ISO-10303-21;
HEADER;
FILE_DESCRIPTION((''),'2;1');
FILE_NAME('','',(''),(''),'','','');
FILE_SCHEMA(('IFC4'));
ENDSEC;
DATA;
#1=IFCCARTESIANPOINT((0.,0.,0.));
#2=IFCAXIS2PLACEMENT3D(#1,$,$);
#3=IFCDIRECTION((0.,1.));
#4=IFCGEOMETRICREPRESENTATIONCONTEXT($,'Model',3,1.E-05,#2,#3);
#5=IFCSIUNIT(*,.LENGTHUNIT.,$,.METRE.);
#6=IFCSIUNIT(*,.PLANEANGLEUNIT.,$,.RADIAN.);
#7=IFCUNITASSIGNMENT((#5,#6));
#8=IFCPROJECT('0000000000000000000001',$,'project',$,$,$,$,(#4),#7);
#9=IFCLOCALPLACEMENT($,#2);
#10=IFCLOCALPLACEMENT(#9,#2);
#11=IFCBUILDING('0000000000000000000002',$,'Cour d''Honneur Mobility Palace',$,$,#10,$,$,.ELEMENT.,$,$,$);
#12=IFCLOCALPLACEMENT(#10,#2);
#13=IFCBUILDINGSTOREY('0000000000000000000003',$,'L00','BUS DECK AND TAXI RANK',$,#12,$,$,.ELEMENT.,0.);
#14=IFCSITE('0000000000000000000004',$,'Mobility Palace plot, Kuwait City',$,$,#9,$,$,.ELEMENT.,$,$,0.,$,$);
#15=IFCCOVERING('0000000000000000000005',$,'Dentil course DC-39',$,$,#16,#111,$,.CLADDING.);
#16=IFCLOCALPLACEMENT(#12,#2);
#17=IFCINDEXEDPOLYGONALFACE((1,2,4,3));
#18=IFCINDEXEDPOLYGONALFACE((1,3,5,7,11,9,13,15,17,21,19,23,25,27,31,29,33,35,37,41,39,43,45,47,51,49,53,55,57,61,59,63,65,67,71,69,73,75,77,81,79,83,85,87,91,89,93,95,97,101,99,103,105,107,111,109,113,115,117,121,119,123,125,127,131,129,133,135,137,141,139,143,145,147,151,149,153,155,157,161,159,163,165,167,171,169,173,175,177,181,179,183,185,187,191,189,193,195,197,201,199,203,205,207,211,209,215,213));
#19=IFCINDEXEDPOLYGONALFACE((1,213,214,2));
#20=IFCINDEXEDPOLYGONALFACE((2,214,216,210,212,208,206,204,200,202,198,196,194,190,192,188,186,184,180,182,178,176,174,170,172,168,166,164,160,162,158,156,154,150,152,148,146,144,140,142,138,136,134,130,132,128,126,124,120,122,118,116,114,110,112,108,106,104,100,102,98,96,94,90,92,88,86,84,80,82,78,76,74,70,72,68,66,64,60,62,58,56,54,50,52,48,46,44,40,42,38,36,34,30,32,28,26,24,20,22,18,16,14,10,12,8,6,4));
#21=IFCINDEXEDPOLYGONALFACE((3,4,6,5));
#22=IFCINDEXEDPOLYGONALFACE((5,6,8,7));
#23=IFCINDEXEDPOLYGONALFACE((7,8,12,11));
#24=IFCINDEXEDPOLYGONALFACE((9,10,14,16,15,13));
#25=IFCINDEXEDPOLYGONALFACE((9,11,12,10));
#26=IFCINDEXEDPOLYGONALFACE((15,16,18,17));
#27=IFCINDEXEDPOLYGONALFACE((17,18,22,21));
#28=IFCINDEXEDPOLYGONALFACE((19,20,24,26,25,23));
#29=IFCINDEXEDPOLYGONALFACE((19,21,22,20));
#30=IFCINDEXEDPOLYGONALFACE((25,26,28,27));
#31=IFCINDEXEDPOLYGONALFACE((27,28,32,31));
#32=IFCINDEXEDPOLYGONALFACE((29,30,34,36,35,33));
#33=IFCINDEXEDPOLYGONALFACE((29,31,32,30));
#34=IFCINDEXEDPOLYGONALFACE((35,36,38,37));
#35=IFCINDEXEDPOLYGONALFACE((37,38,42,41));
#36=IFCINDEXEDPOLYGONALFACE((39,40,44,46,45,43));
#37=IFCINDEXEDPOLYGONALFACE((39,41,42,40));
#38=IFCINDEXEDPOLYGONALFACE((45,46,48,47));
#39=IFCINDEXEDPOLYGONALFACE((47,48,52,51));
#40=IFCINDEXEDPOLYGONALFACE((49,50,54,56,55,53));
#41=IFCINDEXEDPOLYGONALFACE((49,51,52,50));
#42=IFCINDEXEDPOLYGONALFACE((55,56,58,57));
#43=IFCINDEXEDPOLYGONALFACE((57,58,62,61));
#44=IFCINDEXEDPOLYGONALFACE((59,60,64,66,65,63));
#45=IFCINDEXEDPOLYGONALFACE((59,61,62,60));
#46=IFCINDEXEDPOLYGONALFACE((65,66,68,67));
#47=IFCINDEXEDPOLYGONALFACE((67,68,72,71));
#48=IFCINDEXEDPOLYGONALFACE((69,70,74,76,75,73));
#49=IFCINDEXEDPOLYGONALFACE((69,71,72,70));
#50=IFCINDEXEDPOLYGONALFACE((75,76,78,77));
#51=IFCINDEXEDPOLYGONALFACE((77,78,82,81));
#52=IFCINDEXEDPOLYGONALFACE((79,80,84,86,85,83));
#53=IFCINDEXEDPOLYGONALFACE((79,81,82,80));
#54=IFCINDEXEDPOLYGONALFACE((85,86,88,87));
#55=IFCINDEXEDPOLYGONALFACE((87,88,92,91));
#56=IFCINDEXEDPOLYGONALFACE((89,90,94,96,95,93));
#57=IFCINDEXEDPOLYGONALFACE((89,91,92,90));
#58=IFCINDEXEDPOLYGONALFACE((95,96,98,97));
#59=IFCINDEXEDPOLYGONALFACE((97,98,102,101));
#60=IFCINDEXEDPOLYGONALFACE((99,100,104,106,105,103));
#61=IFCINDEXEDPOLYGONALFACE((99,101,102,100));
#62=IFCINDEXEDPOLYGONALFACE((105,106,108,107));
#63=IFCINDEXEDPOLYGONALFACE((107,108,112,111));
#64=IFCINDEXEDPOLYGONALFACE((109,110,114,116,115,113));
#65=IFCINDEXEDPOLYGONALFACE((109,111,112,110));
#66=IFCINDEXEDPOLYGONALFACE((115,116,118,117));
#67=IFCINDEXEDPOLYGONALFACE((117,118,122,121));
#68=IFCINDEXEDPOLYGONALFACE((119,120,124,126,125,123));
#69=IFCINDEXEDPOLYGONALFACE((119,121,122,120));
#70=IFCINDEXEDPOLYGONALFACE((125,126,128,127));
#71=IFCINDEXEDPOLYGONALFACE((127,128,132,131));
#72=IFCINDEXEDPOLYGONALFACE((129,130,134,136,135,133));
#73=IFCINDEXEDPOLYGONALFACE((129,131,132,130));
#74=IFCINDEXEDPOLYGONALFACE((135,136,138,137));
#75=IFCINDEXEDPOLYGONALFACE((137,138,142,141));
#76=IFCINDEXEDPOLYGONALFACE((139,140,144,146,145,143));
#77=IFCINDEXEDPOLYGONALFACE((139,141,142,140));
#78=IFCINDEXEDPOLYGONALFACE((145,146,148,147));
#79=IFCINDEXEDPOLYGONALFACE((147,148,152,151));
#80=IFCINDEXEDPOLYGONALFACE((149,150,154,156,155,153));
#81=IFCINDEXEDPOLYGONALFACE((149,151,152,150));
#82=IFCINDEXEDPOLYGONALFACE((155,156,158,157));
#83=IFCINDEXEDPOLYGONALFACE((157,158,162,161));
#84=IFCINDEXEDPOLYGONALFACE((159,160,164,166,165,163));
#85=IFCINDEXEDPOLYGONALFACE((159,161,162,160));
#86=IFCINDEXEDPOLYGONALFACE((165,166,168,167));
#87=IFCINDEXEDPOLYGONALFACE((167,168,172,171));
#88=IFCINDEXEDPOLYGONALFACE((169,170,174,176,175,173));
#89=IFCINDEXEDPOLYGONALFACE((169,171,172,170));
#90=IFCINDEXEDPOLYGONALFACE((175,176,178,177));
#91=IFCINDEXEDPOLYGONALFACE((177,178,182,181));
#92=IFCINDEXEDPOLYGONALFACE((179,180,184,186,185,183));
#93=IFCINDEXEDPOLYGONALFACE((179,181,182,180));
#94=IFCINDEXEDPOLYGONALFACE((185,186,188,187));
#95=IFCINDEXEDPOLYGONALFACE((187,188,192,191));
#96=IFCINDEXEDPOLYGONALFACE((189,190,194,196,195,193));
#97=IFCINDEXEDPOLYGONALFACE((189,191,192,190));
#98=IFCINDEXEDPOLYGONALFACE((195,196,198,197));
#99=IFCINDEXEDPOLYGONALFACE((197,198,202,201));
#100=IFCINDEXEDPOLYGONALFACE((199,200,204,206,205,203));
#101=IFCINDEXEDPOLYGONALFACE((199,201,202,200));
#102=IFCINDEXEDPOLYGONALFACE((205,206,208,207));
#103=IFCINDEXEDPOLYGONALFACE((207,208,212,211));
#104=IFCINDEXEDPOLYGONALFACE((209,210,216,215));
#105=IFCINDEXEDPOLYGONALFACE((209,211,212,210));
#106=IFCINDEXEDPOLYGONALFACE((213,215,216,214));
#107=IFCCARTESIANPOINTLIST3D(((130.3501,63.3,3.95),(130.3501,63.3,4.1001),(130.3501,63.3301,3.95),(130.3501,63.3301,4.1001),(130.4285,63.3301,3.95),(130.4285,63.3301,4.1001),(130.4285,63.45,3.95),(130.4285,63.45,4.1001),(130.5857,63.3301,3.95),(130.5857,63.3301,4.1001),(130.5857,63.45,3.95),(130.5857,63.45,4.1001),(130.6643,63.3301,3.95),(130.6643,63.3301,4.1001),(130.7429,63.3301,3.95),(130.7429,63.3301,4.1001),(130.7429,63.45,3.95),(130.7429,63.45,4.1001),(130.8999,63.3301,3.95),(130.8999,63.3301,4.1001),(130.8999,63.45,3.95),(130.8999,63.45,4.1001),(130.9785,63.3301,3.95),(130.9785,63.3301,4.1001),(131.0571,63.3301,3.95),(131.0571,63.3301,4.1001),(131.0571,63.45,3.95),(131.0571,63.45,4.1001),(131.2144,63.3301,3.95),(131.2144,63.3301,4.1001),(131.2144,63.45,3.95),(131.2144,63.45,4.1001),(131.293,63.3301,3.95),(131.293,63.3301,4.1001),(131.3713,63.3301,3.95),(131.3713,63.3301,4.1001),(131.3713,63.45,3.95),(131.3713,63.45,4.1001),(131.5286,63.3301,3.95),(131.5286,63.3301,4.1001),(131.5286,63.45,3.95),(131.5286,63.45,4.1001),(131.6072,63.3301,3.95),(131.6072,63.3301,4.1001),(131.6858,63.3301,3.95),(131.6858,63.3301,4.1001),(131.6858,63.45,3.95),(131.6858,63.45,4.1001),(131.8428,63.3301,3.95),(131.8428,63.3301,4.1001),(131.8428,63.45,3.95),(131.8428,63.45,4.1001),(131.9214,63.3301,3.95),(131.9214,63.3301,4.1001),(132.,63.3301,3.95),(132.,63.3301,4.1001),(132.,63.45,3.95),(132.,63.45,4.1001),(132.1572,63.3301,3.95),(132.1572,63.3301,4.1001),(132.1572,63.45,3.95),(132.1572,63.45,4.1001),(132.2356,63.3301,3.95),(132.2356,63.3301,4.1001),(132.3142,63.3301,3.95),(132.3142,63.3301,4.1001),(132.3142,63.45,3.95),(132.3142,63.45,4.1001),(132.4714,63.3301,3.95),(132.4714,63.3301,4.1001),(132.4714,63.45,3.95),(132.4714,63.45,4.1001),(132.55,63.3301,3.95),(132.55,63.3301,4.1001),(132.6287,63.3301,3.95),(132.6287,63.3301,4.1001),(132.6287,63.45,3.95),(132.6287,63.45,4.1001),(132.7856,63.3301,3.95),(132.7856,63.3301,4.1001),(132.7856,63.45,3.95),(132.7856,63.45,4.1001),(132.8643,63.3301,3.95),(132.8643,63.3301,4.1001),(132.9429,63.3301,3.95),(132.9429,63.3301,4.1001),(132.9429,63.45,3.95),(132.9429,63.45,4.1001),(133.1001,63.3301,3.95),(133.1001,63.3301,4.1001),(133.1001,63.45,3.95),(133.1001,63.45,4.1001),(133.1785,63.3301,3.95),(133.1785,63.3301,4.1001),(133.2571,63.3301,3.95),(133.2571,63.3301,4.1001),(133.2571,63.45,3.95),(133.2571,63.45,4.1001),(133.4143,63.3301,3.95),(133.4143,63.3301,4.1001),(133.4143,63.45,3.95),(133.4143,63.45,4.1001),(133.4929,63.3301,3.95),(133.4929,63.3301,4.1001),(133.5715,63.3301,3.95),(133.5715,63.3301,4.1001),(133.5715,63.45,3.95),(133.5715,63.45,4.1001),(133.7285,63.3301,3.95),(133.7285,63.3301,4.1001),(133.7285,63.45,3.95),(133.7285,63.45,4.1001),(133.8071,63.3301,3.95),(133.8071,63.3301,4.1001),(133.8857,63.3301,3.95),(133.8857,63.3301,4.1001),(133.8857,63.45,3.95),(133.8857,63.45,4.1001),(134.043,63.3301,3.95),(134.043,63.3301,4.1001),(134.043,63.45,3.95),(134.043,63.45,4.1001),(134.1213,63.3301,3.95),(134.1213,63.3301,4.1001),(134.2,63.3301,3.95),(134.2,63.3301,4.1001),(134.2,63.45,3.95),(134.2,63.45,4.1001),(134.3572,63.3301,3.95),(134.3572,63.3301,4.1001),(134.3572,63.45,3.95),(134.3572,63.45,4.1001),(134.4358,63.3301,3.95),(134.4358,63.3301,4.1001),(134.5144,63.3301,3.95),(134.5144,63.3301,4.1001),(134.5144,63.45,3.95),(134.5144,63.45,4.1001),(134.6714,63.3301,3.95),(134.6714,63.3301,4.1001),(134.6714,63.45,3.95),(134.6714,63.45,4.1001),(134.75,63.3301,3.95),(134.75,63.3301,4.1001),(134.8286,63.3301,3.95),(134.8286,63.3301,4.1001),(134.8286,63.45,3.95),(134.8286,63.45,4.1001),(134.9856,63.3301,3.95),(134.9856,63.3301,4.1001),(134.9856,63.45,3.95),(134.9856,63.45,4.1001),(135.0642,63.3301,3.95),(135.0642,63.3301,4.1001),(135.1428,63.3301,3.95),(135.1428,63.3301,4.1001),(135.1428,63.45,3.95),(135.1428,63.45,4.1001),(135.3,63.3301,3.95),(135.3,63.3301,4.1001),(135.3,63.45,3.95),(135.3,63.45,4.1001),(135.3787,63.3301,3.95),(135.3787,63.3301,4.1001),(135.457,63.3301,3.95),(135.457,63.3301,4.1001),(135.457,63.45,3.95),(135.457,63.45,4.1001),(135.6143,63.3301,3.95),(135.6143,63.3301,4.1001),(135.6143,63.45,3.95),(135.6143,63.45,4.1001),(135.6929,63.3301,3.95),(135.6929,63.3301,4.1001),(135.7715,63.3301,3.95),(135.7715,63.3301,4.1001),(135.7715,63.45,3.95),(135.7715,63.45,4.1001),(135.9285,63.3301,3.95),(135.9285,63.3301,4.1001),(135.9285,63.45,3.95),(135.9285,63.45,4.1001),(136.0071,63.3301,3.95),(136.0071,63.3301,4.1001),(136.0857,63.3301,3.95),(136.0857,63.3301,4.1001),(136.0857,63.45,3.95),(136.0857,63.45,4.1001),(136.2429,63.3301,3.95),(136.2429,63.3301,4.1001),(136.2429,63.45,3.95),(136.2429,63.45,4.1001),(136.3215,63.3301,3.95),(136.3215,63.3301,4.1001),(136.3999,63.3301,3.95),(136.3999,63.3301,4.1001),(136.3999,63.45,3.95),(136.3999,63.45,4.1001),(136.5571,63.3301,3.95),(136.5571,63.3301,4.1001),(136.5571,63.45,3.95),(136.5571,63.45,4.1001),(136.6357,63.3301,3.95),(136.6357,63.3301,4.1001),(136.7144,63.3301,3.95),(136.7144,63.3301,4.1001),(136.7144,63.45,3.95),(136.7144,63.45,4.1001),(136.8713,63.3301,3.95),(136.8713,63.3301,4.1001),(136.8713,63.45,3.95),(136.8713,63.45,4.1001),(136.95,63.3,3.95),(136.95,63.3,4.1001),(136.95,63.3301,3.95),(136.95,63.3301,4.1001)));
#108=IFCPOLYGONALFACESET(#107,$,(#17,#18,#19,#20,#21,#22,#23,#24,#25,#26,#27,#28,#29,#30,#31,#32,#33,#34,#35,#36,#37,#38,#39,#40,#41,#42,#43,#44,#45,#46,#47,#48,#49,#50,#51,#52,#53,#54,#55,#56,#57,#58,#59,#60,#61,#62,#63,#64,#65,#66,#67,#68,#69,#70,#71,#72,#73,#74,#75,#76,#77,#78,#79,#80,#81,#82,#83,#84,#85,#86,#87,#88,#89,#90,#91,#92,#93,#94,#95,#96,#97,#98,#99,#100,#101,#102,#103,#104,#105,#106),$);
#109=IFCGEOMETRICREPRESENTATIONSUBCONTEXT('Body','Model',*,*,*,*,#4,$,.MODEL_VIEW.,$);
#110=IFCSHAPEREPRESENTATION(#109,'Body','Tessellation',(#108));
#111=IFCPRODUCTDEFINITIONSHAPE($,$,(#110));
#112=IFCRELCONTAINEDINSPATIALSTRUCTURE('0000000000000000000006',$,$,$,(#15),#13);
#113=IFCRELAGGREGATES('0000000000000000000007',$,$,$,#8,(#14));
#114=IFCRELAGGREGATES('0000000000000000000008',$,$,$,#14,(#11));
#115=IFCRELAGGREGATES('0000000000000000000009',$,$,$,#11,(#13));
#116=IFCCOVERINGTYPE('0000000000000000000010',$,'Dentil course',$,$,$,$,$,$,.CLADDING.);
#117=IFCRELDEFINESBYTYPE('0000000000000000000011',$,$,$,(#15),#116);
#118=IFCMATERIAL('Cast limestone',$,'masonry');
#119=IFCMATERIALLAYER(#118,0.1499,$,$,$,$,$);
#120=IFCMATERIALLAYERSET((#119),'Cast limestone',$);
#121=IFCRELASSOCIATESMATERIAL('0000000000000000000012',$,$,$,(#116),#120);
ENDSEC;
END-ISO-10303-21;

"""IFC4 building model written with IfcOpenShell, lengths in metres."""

from ifc_helpers import new_model, si_unit, direction, frame, origin, place, context, subcontext, project, spatial, polyline, outline, extrude, material, layer, layer_set, type_object, element, save


model = new_model("IFC4")

# Units and contexts
model_context = context("Model", 3, precision=1e-05, world=origin(), true_north=direction((0.0, 1.0)))
body_context = subcontext(model_context, "Body", "Model", "MODEL_VIEW")
ifc_project = project(units=[si_unit("LENGTHUNIT", "METRE"), si_unit("PLANEANGLEUNIT", "RADIAN")], contexts=[model_context])

# Site, building, storey
site_placement = place(None, origin())
site = spatial("IfcSite", under=ifc_project, at=site_placement, Name="Mobility Palace plot, Kuwait City", CompositionType="ELEMENT", RefElevation=0.0)
building_placement = place(site_placement, origin())
building = spatial("IfcBuilding", under=site, at=building_placement, Name="Cour d'Honneur Mobility Palace", CompositionType="ELEMENT")
storey_placement = place(building_placement, origin())
storey = spatial("IfcBuildingStorey", under=building, at=storey_placement, Name="L00", Description="BUS DECK AND TAXI RANK", CompositionType="ELEMENT", Elevation=0.0)

# Covering
ifc_material = material(Name="Cast limestone", Category="masonry")
ifc_layer = layer(ifc_material, 0.1499)
ifc_layer_set = layer_set([ifc_layer], Name="Cast limestone")
covering_type = type_object("IfcCoveringType", Name="Dentil course", PredefinedType="CLADDING", material=ifc_layer_set)
covering_1_placement = place(storey_placement, frame((0.0, 0.0, 3.95)))
element("IfcCovering", 1, at=covering_1_placement, inside=storey, type_object=covering_type, Name="Dentil course DC-39", PredefinedType="CLADDING", context=body_context, shape_type="SweptSolid", body=[
    extrude(outline(polyline([(136.95, 63.3), (130.3501, 63.3), (130.3501, 63.3301), (130.3501, 63.3301), (130.4285, 63.3301), (130.4285, 63.45), (130.5857, 63.45), (130.5857, 63.3301), (130.6643, 63.3301), (130.6643, 63.3301), (130.7429, 63.3301), (130.7429, 63.45), (130.8999, 63.45), (130.8999, 63.3301), (130.9785, 63.3301), (130.9785, 63.3301), (131.0571, 63.3301), (131.0571, 63.45), (131.2144, 63.45), (131.2144, 63.3301), (131.293, 63.3301), (131.293, 63.3301), (131.3713, 63.3301), (131.3713, 63.45), (131.5286, 63.45), (131.5286, 63.3301), (131.6072, 63.3301), (131.6072, 63.3301), (131.6858, 63.3301), (131.6858, 63.45), (131.8428, 63.45), (131.8428, 63.3301), (131.9214, 63.3301), (131.9214, 63.3301), (132.0, 63.3301), (132.0, 63.45), (132.1572, 63.45), (132.1572, 63.3301), (132.2356, 63.3301), (132.2356, 63.3301), (132.3142, 63.3301), (132.3142, 63.45), (132.4714, 63.45), (132.4714, 63.3301), (132.55, 63.3301), (132.55, 63.3301), (132.6287, 63.3301), (132.6287, 63.45), (132.7856, 63.45), (132.7856, 63.3301), (132.8643, 63.3301), (132.8643, 63.3301), (132.9429, 63.3301), (132.9429, 63.45), (133.1001, 63.45), (133.1001, 63.3301), (133.1785, 63.3301), (133.1785, 63.3301), (133.2571, 63.3301), (133.2571, 63.45), (133.4143, 63.45), (133.4143, 63.3301), (133.4929, 63.3301), (133.4929, 63.3301), (133.5715, 63.3301), (133.5715, 63.45), (133.7285, 63.45), (133.7285, 63.3301), (133.8071, 63.3301), (133.8071, 63.3301), (133.8857, 63.3301), (133.8857, 63.45), (134.043, 63.45), (134.043, 63.3301), (134.1213, 63.3301), (134.1213, 63.3301), (134.2, 63.3301), (134.2, 63.45), (134.3572, 63.45), (134.3572, 63.3301), (134.4358, 63.3301), (134.4358, 63.3301), (134.5144, 63.3301), (134.5144, 63.45), (134.6714, 63.45), (134.6714, 63.3301), (134.75, 63.3301), (134.75, 63.3301), (134.8286, 63.3301), (134.8286, 63.45), (134.9856, 63.45), (134.9856, 63.3301), (135.0642, 63.3301), (135.0642, 63.3301), (135.1428, 63.3301), (135.1428, 63.45), (135.3, 63.45), (135.3, 63.3301), (135.3787, 63.3301), (135.3787, 63.3301), (135.457, 63.3301), (135.457, 63.45), (135.6143, 63.45), (135.6143, 63.3301), (135.6929, 63.3301), (135.6929, 63.3301), (135.7715, 63.3301), (135.7715, 63.45), (135.9285, 63.45), (135.9285, 63.3301), (136.0071, 63.3301), (136.0071, 63.3301), (136.0857, 63.3301), (136.0857, 63.45), (136.2429, 63.45), (136.2429, 63.3301), (136.3215, 63.3301), (136.3215, 63.3301), (136.3999, 63.3301), (136.3999, 63.45), (136.5571, 63.45), (136.5571, 63.3301), (136.6357, 63.3301), (136.6357, 63.3301), (136.7144, 63.3301), (136.7144, 63.45), (136.8713, 63.45), (136.8713, 63.3301), (136.95, 63.3301), (136.95, 63.3)])), origin(), (0.0, 0.0, 1.0), 0.1501),
])

save(model, "model.ifc")
